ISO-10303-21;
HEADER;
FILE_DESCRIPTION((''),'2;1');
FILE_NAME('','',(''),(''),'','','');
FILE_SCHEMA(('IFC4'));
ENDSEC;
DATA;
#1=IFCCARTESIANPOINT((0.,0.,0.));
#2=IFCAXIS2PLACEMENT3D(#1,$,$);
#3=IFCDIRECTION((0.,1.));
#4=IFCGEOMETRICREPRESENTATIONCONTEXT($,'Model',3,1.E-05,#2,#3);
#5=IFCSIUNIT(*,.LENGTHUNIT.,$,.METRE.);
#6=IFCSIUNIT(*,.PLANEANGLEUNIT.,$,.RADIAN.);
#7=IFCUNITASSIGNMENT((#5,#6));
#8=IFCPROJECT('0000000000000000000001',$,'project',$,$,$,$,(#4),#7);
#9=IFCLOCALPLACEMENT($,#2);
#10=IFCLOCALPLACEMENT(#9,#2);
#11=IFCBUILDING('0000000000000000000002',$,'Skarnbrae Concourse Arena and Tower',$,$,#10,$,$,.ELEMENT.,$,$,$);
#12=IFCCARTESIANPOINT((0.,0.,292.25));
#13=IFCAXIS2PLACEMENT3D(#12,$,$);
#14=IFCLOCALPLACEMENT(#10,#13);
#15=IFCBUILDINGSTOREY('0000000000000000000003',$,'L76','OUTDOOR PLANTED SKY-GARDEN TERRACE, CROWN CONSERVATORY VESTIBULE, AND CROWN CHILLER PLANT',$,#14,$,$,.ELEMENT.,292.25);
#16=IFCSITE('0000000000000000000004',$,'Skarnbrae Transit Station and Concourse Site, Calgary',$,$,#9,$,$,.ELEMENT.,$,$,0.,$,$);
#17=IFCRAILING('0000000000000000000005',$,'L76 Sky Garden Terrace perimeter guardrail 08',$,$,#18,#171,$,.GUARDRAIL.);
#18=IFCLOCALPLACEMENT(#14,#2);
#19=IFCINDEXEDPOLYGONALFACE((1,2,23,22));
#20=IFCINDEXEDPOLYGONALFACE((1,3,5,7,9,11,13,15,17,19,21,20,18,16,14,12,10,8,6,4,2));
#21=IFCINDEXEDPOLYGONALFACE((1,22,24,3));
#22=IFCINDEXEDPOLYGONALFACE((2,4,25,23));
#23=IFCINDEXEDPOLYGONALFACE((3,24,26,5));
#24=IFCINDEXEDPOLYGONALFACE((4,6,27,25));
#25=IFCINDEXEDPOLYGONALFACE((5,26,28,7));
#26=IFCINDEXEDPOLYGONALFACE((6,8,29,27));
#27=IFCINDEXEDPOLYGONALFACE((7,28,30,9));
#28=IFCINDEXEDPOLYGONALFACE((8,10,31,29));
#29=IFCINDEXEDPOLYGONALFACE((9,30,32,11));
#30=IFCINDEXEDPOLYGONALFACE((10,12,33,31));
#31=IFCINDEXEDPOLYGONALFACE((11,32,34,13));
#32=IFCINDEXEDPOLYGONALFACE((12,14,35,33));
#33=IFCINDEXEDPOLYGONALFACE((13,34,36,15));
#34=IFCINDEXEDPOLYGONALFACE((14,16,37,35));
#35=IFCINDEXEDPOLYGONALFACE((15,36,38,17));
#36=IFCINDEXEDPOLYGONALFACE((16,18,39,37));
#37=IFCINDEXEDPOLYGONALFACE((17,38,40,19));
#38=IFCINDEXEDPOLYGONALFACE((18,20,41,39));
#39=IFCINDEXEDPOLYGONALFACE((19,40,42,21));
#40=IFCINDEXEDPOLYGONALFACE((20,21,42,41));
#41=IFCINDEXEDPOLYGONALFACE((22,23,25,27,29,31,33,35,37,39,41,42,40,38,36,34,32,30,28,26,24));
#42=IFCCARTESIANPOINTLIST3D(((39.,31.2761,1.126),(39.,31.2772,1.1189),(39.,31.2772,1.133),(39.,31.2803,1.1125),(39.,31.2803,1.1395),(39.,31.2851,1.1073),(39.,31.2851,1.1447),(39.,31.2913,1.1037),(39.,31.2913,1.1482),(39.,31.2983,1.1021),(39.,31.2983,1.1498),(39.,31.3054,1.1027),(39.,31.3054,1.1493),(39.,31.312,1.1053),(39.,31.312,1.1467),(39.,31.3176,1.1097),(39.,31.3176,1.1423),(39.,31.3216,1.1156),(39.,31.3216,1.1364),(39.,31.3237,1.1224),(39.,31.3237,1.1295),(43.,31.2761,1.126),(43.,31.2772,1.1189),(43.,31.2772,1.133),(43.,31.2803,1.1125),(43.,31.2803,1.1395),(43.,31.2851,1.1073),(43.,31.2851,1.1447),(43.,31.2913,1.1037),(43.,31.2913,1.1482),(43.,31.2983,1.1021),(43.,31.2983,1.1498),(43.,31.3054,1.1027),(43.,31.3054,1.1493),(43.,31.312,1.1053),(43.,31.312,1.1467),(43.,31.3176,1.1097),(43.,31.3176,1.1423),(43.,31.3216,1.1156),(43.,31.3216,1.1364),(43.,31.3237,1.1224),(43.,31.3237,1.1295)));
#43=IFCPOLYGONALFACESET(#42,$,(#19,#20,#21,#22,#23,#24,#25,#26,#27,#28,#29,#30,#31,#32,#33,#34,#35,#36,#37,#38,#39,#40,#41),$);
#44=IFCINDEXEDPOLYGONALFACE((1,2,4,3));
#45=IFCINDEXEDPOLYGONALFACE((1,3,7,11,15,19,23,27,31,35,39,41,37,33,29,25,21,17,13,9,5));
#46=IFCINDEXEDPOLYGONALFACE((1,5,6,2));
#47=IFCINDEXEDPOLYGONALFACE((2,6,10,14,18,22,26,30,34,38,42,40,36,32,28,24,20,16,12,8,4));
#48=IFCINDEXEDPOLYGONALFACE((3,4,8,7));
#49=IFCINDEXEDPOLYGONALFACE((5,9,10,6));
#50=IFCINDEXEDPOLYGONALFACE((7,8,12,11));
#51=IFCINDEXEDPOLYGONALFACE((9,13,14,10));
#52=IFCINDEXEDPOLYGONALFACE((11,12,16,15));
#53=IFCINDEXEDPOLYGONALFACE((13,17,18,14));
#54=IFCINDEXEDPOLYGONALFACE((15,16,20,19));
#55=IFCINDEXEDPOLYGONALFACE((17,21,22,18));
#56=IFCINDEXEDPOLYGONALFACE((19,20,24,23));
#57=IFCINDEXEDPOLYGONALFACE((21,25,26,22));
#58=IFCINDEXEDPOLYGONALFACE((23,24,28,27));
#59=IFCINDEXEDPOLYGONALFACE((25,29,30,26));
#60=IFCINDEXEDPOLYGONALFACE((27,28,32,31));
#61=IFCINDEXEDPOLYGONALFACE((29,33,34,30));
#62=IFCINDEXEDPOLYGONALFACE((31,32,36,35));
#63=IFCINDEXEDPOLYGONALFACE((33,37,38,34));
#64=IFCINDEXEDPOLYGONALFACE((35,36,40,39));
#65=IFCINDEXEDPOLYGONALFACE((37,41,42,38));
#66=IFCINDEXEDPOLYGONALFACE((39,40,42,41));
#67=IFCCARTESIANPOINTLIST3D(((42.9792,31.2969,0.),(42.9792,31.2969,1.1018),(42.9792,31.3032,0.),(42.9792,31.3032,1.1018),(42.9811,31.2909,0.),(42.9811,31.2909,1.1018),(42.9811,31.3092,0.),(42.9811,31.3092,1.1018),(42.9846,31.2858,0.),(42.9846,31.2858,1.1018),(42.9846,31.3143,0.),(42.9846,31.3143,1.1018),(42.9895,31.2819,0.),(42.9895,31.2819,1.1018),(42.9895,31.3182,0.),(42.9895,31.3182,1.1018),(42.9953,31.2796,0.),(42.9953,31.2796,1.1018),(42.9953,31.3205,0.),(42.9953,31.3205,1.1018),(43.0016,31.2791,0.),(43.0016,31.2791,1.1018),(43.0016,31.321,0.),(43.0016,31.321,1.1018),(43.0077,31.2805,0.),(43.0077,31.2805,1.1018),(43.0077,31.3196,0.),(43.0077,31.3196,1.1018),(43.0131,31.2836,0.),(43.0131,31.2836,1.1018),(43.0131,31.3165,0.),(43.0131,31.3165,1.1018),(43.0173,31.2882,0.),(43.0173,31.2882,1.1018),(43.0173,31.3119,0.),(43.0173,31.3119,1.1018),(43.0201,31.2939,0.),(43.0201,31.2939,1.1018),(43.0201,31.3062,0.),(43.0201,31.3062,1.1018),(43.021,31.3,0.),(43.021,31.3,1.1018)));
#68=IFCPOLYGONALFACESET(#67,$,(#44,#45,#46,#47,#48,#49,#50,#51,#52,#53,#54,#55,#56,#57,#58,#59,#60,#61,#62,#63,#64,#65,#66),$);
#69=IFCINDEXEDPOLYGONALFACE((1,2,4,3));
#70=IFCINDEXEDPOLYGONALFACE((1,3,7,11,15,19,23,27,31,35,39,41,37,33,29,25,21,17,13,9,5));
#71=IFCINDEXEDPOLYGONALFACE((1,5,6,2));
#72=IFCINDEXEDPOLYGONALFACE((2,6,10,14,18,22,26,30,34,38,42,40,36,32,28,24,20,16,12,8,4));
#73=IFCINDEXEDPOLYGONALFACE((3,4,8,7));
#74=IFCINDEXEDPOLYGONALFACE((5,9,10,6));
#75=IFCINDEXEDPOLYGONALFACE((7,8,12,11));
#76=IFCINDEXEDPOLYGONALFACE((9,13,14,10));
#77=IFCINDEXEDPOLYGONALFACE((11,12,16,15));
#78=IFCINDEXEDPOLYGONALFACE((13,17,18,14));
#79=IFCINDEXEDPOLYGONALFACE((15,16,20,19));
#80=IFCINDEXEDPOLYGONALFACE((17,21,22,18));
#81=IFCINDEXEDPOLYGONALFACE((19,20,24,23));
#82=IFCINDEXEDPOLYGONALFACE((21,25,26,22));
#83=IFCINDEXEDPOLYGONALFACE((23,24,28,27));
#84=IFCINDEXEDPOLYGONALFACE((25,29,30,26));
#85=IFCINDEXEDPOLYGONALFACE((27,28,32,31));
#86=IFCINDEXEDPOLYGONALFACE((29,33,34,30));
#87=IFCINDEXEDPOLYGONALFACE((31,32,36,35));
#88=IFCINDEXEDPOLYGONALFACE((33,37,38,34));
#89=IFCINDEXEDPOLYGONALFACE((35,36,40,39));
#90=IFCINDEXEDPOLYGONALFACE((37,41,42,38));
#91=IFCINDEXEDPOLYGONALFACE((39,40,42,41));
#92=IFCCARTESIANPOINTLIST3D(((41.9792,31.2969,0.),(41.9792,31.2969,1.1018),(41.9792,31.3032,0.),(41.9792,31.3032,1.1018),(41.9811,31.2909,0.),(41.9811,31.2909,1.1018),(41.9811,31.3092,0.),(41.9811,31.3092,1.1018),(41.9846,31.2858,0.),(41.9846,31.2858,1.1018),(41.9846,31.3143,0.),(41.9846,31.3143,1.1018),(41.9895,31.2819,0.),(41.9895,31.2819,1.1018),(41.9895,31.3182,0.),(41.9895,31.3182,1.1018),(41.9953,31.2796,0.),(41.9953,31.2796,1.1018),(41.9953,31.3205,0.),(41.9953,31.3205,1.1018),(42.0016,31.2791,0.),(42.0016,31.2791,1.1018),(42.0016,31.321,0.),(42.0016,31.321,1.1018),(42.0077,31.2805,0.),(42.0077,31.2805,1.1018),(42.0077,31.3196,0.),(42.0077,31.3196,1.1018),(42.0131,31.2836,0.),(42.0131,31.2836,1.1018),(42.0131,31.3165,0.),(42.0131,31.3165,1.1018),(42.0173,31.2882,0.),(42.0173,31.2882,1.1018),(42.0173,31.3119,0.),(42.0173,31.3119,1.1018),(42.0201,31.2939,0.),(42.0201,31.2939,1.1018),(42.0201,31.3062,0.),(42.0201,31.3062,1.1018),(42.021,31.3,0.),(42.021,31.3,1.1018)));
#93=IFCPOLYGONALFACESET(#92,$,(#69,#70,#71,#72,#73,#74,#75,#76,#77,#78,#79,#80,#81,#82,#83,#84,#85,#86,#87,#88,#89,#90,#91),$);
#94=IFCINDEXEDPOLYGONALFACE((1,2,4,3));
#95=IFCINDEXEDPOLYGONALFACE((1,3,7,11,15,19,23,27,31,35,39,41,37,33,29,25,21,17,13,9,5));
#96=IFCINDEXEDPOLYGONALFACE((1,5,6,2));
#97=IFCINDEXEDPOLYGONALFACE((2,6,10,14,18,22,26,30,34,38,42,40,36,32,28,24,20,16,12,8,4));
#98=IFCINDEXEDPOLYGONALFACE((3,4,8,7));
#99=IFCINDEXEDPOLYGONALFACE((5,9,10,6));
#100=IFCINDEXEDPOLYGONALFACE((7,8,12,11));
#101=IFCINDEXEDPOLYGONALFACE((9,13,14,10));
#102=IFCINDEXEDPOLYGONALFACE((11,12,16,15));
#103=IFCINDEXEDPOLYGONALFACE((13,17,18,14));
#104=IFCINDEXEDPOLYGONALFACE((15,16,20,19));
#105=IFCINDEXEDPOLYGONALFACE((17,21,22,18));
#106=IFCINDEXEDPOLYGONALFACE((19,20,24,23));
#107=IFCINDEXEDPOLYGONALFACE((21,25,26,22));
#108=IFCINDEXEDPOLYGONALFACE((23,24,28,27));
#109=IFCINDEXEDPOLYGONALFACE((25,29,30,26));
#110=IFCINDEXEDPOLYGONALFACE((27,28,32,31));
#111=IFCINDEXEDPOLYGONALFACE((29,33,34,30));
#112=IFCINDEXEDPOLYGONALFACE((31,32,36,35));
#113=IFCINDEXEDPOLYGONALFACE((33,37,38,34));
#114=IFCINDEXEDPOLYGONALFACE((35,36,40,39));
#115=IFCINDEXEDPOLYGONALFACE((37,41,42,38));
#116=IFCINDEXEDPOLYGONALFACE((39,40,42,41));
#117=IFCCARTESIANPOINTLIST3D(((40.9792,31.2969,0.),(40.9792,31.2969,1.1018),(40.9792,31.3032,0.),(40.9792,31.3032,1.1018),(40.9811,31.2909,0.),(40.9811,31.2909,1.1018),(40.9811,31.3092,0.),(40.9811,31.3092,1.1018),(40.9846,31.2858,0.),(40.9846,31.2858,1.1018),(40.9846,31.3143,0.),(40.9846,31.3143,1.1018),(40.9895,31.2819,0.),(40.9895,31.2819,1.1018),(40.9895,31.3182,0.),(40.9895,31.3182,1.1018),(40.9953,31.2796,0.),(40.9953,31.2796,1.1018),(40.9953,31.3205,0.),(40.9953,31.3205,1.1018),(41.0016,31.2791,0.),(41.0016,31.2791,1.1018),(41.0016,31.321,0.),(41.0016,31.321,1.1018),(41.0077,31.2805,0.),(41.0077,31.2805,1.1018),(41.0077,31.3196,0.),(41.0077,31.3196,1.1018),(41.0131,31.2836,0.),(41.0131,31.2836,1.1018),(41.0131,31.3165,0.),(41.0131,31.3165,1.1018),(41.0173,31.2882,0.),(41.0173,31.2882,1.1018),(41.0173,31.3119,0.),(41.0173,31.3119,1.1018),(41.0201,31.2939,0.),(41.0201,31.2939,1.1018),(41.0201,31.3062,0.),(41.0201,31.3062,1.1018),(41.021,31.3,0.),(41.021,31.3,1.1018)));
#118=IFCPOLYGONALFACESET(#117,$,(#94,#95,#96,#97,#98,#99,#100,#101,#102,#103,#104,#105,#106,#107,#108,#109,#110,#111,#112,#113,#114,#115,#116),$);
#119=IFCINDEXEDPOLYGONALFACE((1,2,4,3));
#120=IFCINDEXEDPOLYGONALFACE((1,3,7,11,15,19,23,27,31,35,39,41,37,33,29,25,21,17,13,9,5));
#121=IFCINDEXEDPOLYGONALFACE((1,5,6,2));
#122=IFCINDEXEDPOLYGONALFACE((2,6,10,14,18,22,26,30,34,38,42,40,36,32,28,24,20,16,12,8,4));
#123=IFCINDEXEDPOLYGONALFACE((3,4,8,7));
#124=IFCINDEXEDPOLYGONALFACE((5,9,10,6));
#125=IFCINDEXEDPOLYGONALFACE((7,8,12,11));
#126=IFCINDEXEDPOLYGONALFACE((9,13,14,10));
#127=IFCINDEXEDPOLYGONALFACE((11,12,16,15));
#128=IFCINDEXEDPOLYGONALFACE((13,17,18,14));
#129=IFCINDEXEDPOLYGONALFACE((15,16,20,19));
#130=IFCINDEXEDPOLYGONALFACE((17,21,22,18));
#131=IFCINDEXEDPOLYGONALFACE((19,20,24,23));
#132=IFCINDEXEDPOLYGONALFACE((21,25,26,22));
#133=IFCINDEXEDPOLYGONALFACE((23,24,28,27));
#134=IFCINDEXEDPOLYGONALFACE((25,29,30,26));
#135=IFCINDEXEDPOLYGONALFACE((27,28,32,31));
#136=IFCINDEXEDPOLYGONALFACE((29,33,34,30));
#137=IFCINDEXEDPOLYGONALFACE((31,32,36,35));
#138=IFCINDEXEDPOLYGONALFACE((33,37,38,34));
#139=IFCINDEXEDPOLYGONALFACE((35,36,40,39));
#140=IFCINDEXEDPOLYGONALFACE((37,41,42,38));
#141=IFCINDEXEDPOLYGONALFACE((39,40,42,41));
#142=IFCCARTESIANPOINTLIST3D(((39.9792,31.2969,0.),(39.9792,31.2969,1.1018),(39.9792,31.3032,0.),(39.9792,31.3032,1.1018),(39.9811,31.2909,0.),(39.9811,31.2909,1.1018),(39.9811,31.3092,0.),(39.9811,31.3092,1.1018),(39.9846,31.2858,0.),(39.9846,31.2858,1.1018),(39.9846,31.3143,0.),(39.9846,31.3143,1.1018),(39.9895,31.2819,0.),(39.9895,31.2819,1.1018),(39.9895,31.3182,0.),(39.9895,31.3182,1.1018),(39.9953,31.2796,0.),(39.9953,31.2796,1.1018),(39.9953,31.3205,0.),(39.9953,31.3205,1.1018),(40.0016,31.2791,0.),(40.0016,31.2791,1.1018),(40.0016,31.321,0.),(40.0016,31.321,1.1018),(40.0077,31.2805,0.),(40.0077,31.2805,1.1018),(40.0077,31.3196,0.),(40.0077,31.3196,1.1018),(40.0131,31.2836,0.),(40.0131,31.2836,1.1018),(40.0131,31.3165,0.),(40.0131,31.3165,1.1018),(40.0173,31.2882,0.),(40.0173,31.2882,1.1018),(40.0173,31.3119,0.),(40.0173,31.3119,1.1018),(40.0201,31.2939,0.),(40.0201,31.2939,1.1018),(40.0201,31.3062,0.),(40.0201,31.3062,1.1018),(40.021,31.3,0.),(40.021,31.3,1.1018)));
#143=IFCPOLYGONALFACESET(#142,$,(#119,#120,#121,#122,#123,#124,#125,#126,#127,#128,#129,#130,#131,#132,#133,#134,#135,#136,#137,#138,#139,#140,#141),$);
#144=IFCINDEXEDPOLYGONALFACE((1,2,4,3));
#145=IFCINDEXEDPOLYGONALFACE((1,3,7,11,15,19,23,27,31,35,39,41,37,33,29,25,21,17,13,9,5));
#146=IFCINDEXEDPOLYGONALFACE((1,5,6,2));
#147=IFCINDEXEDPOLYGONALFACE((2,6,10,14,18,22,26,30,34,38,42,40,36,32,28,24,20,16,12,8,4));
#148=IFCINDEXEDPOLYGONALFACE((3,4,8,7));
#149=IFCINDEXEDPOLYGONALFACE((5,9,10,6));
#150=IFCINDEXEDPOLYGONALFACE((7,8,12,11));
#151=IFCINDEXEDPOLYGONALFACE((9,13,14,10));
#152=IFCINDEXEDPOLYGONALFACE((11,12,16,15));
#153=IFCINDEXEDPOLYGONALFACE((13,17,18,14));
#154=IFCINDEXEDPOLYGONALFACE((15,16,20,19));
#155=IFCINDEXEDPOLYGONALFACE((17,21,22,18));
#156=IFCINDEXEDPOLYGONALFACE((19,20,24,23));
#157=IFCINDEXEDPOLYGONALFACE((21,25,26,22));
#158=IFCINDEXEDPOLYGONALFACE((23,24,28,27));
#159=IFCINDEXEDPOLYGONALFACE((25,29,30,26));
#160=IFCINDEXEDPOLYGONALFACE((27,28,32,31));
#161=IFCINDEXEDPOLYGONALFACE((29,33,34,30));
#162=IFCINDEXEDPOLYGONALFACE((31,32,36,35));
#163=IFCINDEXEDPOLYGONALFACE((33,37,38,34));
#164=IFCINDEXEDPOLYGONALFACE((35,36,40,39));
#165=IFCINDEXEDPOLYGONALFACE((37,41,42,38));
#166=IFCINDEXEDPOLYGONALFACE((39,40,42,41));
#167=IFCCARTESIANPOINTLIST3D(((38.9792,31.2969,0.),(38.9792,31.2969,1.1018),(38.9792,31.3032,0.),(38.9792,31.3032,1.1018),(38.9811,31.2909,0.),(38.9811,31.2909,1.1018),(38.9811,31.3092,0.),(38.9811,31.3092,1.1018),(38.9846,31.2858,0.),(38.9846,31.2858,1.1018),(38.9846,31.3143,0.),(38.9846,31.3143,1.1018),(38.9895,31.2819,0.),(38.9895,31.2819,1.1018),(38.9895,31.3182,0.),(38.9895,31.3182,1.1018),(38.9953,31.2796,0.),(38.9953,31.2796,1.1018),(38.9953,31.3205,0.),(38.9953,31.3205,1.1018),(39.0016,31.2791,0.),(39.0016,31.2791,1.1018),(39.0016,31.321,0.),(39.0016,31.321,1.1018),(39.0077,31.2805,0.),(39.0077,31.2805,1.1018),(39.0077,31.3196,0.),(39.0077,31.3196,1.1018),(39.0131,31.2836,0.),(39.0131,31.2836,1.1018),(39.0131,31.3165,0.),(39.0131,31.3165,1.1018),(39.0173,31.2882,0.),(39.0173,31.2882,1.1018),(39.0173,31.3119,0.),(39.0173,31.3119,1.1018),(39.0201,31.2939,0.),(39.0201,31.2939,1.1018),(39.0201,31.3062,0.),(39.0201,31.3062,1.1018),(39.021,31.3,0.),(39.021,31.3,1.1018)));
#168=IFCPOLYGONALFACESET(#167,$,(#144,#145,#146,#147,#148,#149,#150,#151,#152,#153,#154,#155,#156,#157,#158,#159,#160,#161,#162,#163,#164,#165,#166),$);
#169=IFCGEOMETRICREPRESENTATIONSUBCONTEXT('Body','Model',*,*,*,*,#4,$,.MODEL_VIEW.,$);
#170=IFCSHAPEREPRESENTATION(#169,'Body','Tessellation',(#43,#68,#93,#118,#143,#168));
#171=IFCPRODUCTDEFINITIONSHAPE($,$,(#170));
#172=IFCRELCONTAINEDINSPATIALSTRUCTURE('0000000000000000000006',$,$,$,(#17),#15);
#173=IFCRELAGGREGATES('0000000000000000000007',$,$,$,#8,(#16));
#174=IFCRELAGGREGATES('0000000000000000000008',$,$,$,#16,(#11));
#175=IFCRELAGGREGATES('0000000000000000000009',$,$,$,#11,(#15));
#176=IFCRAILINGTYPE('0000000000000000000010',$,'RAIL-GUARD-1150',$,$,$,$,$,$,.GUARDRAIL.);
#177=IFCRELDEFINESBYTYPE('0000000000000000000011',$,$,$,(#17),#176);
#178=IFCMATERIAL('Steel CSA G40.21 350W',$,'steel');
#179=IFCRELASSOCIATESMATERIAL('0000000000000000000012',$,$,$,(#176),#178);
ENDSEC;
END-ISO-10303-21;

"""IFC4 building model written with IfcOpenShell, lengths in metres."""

from ifc_helpers import new_model, si_unit, direction, frame, origin, origin_2d, place, context, subcontext, project, spatial, circle, extrude, material, type_object, element, save


model = new_model("IFC4")

# Units and contexts
model_context = context("Model", 3, precision=1e-05, world=origin(), true_north=direction((0.0, 1.0)))
body_context = subcontext(model_context, "Body", "Model", "MODEL_VIEW")
ifc_project = project(units=[si_unit("LENGTHUNIT", "METRE"), si_unit("PLANEANGLEUNIT", "RADIAN")], contexts=[model_context])

# Site, building, storey
site_placement = place(None, origin())
site = spatial("IfcSite", under=ifc_project, at=site_placement, Name="Skarnbrae Transit Station and Concourse Site, Calgary", CompositionType="ELEMENT", RefElevation=0.0)
building_placement = place(site_placement, origin())
building = spatial("IfcBuilding", under=site, at=building_placement, Name="Skarnbrae Concourse Arena and Tower", CompositionType="ELEMENT")
storey_placement = place(building_placement, frame((0.0, 0.0, 292.25)))
storey = spatial("IfcBuildingStorey", under=building, at=storey_placement, Name="L76", Description="OUTDOOR PLANTED SKY-GARDEN TERRACE, CROWN CONSERVATORY VESTIBULE, AND CROWN CHILLER PLANT", CompositionType="ELEMENT", Elevation=292.25)

# Shared definitions
ifc_material_1 = material(Name="Steel CSA G40.21 350W", Category="steel")

# Railing
railing_type = type_object("IfcRailingType", Name="RAIL-GUARD-1150", PredefinedType="GUARDRAIL", material=ifc_material_1)
railing_1_placement = place(storey_placement, frame((43.0, 31.3, 0.0)))
element("IfcRailing", 1, at=railing_1_placement, inside=storey, type_object=railing_type, Name="L76 Sky Garden Terrace perimeter guardrail 08", PredefinedType="GUARDRAIL", context=body_context, shape_type="SweptSolid", body=[
    extrude(circle(Radius=0.0239, at=origin_2d()), frame((0.0, 0.0, 1.126), z_axis=(-1.0, 0.0, 0.0), x_axis=(0.0, -1.0, 0.0)), (0.0, 0.0, 1.0), 4.0),
    extrude(circle(Radius=0.021, at=origin_2d()), origin(), (0.0, 0.0, 1.0), 1.1018),
    extrude(circle(Radius=0.021, at=origin_2d()), frame((-1.0, 0.0, 0.0)), (0.0, 0.0, 1.0), 1.1018),
    extrude(circle(Radius=0.021, at=origin_2d()), frame((-2.0, 0.0, 0.0)), (0.0, 0.0, 1.0), 1.1018),
    extrude(circle(Radius=0.021, at=origin_2d()), frame((-3.0, 0.0, 0.0)), (0.0, 0.0, 1.0), 1.1018),
    extrude(circle(Radius=0.021, at=origin_2d()), frame((-4.0, 0.0, 0.0)), (0.0, 0.0, 1.0), 1.1018),
])

save(model, "model.ifc")
